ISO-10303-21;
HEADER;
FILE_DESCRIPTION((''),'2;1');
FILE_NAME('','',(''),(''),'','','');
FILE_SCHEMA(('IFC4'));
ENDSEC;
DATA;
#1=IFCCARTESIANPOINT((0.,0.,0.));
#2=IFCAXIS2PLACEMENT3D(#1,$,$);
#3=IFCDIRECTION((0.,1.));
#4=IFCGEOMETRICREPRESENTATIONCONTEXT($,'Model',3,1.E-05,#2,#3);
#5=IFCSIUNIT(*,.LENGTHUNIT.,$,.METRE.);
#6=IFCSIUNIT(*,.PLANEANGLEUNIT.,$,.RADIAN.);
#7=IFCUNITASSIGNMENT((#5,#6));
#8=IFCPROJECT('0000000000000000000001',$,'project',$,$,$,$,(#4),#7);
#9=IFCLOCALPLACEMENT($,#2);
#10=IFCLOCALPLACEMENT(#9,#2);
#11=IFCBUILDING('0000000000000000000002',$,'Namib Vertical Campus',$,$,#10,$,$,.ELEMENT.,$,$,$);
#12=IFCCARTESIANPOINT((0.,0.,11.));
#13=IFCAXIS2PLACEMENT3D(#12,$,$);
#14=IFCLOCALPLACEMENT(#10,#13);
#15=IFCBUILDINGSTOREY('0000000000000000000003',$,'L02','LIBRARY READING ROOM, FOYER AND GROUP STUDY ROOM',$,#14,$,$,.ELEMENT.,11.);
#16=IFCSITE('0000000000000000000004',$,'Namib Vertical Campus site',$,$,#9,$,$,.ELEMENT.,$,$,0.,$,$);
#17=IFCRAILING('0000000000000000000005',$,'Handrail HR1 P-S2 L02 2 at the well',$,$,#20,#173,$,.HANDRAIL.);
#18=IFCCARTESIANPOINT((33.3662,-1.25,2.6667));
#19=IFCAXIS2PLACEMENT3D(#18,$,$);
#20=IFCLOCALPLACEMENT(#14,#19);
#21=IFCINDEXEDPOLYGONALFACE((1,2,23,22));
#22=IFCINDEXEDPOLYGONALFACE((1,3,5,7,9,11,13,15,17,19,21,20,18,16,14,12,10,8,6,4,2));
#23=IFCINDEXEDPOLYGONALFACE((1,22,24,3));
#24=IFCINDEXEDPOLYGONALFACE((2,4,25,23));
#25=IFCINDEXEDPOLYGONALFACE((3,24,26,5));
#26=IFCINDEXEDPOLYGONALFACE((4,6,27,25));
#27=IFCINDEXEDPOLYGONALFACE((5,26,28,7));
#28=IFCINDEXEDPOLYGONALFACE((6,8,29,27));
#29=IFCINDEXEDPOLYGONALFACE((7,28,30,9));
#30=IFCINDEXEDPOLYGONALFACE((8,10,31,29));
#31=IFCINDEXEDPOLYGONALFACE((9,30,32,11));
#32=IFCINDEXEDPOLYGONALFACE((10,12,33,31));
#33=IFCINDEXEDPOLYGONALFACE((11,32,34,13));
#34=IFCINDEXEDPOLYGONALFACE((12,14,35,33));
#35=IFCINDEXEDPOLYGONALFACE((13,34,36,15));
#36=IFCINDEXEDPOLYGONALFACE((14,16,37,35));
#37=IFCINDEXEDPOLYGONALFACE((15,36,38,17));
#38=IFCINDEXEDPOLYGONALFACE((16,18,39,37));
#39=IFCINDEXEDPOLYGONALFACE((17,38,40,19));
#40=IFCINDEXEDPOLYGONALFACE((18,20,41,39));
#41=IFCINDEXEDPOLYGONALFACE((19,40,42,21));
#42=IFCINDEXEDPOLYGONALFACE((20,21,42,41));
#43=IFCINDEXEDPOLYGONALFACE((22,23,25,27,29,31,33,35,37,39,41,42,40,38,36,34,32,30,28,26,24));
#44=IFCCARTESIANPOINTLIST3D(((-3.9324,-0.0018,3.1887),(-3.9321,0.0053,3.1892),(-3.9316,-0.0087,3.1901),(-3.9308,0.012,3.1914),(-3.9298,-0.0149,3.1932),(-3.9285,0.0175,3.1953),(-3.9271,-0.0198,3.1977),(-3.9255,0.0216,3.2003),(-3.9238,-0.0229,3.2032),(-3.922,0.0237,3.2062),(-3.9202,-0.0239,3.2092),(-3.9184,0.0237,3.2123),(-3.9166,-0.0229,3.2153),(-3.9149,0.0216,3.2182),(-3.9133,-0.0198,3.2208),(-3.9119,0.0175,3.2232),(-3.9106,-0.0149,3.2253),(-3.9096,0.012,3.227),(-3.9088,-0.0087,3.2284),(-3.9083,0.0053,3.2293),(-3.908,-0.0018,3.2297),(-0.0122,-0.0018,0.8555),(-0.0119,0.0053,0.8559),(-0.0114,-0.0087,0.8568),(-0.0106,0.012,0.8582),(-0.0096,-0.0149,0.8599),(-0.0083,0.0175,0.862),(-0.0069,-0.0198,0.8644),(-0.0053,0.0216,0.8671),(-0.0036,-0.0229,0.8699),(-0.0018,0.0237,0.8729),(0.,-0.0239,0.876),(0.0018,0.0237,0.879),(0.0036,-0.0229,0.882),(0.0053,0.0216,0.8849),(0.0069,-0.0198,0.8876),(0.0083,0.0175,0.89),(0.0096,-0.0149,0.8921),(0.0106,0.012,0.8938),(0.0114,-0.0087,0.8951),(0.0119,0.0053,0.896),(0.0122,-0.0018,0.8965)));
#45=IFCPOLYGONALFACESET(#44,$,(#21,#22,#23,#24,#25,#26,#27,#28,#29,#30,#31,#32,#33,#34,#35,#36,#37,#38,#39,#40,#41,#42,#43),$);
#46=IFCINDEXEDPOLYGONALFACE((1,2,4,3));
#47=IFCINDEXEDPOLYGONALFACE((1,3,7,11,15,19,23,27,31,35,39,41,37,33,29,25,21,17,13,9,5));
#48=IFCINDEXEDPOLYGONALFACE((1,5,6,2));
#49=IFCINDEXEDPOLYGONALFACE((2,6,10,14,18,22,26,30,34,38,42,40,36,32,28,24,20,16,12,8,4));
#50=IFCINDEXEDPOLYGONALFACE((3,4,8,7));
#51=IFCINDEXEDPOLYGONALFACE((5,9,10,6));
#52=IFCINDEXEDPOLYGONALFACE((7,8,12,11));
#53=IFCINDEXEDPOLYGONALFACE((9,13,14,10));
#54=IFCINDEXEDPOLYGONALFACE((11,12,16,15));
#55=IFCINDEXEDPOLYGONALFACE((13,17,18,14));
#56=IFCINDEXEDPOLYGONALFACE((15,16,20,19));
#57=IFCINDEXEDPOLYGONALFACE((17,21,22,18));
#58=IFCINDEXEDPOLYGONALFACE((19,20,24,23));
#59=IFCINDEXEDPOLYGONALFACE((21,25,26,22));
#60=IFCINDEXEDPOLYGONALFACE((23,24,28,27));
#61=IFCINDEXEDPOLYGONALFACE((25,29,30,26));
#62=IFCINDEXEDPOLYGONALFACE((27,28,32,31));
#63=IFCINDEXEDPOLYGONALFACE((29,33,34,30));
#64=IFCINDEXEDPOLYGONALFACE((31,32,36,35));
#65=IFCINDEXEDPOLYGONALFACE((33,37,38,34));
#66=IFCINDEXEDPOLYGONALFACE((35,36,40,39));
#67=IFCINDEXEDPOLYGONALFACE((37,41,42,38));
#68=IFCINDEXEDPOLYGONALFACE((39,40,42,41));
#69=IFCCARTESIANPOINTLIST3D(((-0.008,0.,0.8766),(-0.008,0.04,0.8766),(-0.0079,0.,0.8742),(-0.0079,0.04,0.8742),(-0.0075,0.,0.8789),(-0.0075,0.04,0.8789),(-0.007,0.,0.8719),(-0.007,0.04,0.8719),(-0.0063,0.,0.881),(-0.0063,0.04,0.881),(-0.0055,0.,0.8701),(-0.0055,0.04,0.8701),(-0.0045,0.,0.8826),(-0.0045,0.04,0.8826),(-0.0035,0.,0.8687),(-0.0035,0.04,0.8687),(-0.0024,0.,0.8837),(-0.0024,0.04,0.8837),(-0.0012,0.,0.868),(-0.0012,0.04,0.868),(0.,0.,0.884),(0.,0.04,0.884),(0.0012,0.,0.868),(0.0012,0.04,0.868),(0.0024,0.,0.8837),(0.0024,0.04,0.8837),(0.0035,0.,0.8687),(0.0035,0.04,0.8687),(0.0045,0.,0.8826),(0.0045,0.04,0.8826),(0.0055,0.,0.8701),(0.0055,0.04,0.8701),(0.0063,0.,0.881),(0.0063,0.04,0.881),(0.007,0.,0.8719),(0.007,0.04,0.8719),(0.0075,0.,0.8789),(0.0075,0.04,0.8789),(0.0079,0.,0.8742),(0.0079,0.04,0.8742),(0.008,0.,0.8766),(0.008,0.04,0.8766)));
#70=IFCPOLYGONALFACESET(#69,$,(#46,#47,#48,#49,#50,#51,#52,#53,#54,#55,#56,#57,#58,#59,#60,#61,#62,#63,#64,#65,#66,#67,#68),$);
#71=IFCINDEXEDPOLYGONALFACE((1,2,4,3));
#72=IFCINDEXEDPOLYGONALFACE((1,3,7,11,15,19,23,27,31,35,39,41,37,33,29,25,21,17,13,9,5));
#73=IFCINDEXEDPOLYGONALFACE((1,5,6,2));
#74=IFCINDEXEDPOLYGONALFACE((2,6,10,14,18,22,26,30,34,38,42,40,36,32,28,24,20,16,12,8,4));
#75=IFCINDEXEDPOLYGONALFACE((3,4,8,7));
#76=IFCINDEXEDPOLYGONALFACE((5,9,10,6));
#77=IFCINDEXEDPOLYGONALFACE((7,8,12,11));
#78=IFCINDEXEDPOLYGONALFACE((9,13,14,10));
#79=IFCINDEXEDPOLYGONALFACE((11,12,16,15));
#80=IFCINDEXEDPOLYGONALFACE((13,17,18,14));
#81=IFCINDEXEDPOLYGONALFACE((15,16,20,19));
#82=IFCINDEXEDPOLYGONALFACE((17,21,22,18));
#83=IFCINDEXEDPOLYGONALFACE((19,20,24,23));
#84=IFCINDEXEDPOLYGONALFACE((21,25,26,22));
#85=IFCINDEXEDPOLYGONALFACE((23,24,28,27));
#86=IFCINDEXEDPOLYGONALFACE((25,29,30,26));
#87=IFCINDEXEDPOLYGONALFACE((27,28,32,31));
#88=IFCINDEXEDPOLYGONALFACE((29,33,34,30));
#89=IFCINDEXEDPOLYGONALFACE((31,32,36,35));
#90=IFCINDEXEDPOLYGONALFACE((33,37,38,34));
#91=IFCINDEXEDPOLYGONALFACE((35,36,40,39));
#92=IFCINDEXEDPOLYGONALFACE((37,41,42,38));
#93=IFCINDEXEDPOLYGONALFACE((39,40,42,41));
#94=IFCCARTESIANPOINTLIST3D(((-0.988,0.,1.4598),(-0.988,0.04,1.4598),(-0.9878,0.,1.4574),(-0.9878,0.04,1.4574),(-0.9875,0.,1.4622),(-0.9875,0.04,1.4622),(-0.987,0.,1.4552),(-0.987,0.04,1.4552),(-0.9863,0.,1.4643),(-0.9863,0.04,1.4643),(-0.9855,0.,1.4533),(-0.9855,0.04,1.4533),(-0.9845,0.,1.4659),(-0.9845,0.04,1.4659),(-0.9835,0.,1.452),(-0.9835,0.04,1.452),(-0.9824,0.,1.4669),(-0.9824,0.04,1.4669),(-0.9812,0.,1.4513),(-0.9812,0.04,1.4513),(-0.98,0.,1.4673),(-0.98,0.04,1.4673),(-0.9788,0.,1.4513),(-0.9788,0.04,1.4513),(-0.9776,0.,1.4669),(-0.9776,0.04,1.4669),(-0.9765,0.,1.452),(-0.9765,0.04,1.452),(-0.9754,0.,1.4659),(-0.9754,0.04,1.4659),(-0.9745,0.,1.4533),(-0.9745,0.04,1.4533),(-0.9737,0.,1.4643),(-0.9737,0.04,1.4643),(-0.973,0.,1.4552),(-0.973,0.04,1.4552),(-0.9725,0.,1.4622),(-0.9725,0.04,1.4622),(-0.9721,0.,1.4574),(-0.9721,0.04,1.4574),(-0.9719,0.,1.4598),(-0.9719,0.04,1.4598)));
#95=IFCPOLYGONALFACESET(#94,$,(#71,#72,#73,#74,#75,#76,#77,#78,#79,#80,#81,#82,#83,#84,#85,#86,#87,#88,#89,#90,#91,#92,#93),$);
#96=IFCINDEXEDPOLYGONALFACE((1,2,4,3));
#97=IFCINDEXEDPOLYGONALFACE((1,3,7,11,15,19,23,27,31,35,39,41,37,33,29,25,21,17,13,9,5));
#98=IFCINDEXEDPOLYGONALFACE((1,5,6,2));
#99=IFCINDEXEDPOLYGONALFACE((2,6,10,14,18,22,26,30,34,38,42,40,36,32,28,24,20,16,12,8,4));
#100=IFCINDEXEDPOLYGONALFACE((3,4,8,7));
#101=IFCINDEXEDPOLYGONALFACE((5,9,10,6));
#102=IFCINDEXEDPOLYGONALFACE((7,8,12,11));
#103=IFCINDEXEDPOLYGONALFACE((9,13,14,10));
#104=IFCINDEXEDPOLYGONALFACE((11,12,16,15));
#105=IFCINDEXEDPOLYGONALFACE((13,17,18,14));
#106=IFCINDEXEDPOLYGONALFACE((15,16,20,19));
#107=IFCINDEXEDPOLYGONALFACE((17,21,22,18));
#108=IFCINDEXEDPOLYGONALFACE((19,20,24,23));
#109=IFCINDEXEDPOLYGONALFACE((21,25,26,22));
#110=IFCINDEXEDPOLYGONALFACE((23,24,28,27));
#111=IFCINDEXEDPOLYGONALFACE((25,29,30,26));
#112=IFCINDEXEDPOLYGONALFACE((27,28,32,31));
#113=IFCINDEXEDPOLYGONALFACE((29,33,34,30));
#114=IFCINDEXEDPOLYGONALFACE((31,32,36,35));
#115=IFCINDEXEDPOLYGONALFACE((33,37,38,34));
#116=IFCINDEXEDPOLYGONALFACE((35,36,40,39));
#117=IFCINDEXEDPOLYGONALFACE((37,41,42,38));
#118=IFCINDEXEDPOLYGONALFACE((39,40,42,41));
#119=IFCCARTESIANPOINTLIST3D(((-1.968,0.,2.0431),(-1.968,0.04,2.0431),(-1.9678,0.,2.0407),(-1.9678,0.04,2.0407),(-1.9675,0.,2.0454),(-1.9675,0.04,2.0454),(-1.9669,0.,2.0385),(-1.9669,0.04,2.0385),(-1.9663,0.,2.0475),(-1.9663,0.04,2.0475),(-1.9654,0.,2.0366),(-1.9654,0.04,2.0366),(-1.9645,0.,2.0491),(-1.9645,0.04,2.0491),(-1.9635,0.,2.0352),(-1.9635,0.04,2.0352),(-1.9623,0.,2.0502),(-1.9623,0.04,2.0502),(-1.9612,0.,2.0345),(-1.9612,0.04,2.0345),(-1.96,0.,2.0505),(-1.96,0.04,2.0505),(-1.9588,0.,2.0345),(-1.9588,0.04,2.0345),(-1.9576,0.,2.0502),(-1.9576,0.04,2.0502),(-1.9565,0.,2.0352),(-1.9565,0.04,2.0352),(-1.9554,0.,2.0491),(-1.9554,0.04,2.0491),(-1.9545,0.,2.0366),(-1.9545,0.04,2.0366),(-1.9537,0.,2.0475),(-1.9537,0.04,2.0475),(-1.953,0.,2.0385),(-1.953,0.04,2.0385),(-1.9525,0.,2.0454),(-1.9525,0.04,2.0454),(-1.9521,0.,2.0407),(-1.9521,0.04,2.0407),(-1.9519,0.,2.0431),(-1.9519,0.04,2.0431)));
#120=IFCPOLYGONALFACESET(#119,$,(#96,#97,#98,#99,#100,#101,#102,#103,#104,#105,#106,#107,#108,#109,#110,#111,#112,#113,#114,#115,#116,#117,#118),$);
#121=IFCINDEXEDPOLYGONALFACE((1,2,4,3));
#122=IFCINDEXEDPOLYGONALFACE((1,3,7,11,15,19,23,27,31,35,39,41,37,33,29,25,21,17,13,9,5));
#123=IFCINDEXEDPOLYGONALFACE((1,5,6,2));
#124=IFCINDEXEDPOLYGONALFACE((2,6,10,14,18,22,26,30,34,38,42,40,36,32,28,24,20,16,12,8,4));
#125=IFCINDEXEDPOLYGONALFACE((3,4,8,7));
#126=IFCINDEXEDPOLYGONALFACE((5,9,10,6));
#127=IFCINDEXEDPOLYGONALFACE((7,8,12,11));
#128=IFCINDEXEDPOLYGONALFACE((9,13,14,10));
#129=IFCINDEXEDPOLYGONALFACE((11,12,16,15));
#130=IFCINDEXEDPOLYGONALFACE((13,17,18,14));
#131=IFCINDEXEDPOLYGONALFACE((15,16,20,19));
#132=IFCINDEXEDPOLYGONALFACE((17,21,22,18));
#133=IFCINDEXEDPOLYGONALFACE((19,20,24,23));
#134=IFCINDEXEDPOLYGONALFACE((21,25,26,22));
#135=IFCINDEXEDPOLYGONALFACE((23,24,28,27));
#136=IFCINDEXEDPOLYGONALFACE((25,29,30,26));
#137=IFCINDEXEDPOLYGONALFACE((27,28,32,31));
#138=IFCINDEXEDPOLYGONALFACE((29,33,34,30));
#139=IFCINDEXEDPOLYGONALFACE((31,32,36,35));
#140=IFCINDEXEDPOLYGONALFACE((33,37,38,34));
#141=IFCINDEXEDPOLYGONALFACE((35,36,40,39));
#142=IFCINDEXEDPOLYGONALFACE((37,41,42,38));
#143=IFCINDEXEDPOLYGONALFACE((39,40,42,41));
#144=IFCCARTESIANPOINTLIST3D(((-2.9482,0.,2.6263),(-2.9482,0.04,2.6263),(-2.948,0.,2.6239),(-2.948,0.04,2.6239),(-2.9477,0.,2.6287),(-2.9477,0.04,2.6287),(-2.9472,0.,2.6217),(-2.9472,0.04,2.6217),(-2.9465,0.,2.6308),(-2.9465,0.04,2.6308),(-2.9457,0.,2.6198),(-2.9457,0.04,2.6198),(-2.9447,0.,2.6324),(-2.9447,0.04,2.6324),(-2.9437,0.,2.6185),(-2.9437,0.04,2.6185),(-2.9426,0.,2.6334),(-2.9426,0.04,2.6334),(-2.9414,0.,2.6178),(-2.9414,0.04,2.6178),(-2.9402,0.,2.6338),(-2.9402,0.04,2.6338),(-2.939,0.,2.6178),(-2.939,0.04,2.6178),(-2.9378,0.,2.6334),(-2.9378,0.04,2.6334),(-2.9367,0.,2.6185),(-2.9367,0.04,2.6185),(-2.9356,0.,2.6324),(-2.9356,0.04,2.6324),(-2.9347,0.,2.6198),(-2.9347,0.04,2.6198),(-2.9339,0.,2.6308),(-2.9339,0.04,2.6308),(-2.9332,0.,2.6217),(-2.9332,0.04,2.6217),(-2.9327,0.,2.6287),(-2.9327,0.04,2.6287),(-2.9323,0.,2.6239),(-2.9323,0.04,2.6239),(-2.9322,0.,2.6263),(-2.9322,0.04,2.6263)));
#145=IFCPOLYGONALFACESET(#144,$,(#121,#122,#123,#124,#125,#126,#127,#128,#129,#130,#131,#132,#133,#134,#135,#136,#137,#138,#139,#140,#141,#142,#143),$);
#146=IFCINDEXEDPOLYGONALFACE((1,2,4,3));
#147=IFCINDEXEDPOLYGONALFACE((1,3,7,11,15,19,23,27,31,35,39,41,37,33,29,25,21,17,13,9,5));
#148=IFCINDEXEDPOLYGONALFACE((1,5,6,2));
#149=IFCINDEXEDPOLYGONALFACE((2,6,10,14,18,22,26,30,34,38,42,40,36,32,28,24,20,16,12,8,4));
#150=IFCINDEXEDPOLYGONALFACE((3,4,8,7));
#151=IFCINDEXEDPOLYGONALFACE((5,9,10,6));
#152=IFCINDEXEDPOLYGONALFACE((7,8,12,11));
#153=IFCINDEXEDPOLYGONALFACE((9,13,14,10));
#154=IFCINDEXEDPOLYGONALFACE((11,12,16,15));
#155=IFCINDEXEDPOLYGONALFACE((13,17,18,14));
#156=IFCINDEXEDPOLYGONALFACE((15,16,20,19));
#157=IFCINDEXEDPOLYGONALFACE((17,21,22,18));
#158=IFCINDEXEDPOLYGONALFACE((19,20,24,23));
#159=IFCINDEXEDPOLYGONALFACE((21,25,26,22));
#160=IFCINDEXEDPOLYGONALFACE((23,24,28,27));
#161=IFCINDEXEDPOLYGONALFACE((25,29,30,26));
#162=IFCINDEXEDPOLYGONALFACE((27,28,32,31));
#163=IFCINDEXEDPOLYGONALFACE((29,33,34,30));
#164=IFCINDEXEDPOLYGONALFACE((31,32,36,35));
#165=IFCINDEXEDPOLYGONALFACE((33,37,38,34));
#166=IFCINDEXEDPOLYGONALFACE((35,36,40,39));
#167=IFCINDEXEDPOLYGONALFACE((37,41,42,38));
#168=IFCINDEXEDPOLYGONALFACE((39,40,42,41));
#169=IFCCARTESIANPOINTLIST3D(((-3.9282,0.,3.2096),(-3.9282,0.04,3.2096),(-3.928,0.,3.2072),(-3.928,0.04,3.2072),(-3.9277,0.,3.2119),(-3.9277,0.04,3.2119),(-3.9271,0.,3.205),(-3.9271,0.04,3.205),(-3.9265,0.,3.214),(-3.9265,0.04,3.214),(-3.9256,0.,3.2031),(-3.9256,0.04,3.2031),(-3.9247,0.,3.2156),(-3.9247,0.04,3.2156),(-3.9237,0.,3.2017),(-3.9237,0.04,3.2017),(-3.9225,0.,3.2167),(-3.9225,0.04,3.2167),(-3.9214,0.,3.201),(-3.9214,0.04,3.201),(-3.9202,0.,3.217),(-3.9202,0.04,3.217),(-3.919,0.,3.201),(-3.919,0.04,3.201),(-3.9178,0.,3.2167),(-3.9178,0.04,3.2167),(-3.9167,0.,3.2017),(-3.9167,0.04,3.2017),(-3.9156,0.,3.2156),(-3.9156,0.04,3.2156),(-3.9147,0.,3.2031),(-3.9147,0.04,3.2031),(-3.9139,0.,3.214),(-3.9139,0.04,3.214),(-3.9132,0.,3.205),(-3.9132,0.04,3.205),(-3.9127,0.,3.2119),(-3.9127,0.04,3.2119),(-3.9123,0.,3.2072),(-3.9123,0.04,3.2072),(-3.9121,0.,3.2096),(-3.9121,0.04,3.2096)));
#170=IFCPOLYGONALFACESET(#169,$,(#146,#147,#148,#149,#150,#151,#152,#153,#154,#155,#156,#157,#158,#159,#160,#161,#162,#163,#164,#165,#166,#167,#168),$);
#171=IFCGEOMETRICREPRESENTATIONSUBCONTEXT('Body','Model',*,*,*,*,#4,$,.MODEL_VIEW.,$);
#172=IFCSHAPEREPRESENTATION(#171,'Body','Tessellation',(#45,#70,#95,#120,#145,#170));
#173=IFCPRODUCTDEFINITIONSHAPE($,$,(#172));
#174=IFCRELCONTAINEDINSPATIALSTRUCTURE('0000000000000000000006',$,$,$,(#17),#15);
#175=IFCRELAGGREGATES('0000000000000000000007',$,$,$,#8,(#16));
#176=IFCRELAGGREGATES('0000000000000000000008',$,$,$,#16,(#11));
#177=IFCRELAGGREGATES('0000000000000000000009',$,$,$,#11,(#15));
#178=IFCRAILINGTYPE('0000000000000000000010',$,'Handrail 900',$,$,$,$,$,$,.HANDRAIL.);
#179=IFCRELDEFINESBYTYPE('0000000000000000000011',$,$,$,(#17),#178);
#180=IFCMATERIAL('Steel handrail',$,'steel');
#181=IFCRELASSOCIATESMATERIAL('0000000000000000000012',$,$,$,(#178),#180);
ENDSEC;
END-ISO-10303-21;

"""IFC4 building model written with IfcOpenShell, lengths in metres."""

from ifc_helpers import new_model, si_unit, direction, frame, origin, origin_2d, place, context, subcontext, project, spatial, circle, extrude, material, type_object, element, save


model = new_model("IFC4")

# Units and contexts
model_context = context("Model", 3, precision=1e-05, world=origin(), true_north=direction((0.0, 1.0)))
body_context = subcontext(model_context, "Body", "Model", "MODEL_VIEW")
ifc_project = project(units=[si_unit("LENGTHUNIT", "METRE"), si_unit("PLANEANGLEUNIT", "RADIAN")], contexts=[model_context])

# Site, building, storey
site_placement = place(None, origin())
site = spatial("IfcSite", under=ifc_project, at=site_placement, Name="Namib Vertical Campus site", CompositionType="ELEMENT", RefElevation=0.0)
building_placement = place(site_placement, origin())
building = spatial("IfcBuilding", under=site, at=building_placement, Name="Namib Vertical Campus", CompositionType="ELEMENT")
storey_placement = place(building_placement, frame((0.0, 0.0, 11.0)))
storey = spatial("IfcBuildingStorey", under=building, at=storey_placement, Name="L02", Description="LIBRARY READING ROOM, FOYER AND GROUP STUDY ROOM", CompositionType="ELEMENT", Elevation=11.0)

# Railing
ifc_material_1 = material(Name="Steel handrail", Category="steel")
railing_type = type_object("IfcRailingType", Name="Handrail 900", PredefinedType="HANDRAIL", material=ifc_material_1)
railing_1_placement = place(storey_placement, frame((33.3662, -1.25, 2.6667)))
element("IfcRailing", 1, at=railing_1_placement, inside=storey, type_object=railing_type, Name="Handrail HR1 P-S2 L02 2 at the well", PredefinedType="HANDRAIL", context=body_context, shape_type="SweptSolid", body=[
    extrude(circle(Radius=0.0239, at=origin_2d()), frame((0.0, 0.0, 0.876), z_axis=(-0.85931, 0.0, 0.511455), x_axis=(0.0, -1.0, 0.0)), (0.0, 0.0, 1.0), 4.562),
    extrude(circle(Radius=0.0081, at=origin_2d()), frame((0.0, 0.0, 0.876), z_axis=(0.0, 1.0, 0.0), x_axis=(0.0, 0.0, 1.0)), (0.0, 0.0, 1.0), 0.04),
    extrude(circle(Radius=0.0081, at=origin_2d()), frame((-0.98, 0.0, 1.4592), z_axis=(0.0, 1.0, 0.0), x_axis=(0.0, 0.0, 1.0)), (0.0, 0.0, 1.0), 0.04),
    extrude(circle(Radius=0.0081, at=origin_2d()), frame((-1.96, 0.0, 2.0425), z_axis=(0.0, 1.0, 0.0), x_axis=(0.0, 0.0, 1.0)), (0.0, 0.0, 1.0), 0.04),
    extrude(circle(Radius=0.0081, at=origin_2d()), frame((-2.9402, 0.0, 2.6257), z_axis=(0.0, 1.0, 0.0), x_axis=(0.0, 0.0, 1.0)), (0.0, 0.0, 1.0), 0.04),
    extrude(circle(Radius=0.0081, at=origin_2d()), frame((-3.9202, 0.0, 3.209), z_axis=(0.0, 1.0, 0.0), x_axis=(0.0, 0.0, 1.0)), (0.0, 0.0, 1.0), 0.04),
])

save(model, "model.ifc")
